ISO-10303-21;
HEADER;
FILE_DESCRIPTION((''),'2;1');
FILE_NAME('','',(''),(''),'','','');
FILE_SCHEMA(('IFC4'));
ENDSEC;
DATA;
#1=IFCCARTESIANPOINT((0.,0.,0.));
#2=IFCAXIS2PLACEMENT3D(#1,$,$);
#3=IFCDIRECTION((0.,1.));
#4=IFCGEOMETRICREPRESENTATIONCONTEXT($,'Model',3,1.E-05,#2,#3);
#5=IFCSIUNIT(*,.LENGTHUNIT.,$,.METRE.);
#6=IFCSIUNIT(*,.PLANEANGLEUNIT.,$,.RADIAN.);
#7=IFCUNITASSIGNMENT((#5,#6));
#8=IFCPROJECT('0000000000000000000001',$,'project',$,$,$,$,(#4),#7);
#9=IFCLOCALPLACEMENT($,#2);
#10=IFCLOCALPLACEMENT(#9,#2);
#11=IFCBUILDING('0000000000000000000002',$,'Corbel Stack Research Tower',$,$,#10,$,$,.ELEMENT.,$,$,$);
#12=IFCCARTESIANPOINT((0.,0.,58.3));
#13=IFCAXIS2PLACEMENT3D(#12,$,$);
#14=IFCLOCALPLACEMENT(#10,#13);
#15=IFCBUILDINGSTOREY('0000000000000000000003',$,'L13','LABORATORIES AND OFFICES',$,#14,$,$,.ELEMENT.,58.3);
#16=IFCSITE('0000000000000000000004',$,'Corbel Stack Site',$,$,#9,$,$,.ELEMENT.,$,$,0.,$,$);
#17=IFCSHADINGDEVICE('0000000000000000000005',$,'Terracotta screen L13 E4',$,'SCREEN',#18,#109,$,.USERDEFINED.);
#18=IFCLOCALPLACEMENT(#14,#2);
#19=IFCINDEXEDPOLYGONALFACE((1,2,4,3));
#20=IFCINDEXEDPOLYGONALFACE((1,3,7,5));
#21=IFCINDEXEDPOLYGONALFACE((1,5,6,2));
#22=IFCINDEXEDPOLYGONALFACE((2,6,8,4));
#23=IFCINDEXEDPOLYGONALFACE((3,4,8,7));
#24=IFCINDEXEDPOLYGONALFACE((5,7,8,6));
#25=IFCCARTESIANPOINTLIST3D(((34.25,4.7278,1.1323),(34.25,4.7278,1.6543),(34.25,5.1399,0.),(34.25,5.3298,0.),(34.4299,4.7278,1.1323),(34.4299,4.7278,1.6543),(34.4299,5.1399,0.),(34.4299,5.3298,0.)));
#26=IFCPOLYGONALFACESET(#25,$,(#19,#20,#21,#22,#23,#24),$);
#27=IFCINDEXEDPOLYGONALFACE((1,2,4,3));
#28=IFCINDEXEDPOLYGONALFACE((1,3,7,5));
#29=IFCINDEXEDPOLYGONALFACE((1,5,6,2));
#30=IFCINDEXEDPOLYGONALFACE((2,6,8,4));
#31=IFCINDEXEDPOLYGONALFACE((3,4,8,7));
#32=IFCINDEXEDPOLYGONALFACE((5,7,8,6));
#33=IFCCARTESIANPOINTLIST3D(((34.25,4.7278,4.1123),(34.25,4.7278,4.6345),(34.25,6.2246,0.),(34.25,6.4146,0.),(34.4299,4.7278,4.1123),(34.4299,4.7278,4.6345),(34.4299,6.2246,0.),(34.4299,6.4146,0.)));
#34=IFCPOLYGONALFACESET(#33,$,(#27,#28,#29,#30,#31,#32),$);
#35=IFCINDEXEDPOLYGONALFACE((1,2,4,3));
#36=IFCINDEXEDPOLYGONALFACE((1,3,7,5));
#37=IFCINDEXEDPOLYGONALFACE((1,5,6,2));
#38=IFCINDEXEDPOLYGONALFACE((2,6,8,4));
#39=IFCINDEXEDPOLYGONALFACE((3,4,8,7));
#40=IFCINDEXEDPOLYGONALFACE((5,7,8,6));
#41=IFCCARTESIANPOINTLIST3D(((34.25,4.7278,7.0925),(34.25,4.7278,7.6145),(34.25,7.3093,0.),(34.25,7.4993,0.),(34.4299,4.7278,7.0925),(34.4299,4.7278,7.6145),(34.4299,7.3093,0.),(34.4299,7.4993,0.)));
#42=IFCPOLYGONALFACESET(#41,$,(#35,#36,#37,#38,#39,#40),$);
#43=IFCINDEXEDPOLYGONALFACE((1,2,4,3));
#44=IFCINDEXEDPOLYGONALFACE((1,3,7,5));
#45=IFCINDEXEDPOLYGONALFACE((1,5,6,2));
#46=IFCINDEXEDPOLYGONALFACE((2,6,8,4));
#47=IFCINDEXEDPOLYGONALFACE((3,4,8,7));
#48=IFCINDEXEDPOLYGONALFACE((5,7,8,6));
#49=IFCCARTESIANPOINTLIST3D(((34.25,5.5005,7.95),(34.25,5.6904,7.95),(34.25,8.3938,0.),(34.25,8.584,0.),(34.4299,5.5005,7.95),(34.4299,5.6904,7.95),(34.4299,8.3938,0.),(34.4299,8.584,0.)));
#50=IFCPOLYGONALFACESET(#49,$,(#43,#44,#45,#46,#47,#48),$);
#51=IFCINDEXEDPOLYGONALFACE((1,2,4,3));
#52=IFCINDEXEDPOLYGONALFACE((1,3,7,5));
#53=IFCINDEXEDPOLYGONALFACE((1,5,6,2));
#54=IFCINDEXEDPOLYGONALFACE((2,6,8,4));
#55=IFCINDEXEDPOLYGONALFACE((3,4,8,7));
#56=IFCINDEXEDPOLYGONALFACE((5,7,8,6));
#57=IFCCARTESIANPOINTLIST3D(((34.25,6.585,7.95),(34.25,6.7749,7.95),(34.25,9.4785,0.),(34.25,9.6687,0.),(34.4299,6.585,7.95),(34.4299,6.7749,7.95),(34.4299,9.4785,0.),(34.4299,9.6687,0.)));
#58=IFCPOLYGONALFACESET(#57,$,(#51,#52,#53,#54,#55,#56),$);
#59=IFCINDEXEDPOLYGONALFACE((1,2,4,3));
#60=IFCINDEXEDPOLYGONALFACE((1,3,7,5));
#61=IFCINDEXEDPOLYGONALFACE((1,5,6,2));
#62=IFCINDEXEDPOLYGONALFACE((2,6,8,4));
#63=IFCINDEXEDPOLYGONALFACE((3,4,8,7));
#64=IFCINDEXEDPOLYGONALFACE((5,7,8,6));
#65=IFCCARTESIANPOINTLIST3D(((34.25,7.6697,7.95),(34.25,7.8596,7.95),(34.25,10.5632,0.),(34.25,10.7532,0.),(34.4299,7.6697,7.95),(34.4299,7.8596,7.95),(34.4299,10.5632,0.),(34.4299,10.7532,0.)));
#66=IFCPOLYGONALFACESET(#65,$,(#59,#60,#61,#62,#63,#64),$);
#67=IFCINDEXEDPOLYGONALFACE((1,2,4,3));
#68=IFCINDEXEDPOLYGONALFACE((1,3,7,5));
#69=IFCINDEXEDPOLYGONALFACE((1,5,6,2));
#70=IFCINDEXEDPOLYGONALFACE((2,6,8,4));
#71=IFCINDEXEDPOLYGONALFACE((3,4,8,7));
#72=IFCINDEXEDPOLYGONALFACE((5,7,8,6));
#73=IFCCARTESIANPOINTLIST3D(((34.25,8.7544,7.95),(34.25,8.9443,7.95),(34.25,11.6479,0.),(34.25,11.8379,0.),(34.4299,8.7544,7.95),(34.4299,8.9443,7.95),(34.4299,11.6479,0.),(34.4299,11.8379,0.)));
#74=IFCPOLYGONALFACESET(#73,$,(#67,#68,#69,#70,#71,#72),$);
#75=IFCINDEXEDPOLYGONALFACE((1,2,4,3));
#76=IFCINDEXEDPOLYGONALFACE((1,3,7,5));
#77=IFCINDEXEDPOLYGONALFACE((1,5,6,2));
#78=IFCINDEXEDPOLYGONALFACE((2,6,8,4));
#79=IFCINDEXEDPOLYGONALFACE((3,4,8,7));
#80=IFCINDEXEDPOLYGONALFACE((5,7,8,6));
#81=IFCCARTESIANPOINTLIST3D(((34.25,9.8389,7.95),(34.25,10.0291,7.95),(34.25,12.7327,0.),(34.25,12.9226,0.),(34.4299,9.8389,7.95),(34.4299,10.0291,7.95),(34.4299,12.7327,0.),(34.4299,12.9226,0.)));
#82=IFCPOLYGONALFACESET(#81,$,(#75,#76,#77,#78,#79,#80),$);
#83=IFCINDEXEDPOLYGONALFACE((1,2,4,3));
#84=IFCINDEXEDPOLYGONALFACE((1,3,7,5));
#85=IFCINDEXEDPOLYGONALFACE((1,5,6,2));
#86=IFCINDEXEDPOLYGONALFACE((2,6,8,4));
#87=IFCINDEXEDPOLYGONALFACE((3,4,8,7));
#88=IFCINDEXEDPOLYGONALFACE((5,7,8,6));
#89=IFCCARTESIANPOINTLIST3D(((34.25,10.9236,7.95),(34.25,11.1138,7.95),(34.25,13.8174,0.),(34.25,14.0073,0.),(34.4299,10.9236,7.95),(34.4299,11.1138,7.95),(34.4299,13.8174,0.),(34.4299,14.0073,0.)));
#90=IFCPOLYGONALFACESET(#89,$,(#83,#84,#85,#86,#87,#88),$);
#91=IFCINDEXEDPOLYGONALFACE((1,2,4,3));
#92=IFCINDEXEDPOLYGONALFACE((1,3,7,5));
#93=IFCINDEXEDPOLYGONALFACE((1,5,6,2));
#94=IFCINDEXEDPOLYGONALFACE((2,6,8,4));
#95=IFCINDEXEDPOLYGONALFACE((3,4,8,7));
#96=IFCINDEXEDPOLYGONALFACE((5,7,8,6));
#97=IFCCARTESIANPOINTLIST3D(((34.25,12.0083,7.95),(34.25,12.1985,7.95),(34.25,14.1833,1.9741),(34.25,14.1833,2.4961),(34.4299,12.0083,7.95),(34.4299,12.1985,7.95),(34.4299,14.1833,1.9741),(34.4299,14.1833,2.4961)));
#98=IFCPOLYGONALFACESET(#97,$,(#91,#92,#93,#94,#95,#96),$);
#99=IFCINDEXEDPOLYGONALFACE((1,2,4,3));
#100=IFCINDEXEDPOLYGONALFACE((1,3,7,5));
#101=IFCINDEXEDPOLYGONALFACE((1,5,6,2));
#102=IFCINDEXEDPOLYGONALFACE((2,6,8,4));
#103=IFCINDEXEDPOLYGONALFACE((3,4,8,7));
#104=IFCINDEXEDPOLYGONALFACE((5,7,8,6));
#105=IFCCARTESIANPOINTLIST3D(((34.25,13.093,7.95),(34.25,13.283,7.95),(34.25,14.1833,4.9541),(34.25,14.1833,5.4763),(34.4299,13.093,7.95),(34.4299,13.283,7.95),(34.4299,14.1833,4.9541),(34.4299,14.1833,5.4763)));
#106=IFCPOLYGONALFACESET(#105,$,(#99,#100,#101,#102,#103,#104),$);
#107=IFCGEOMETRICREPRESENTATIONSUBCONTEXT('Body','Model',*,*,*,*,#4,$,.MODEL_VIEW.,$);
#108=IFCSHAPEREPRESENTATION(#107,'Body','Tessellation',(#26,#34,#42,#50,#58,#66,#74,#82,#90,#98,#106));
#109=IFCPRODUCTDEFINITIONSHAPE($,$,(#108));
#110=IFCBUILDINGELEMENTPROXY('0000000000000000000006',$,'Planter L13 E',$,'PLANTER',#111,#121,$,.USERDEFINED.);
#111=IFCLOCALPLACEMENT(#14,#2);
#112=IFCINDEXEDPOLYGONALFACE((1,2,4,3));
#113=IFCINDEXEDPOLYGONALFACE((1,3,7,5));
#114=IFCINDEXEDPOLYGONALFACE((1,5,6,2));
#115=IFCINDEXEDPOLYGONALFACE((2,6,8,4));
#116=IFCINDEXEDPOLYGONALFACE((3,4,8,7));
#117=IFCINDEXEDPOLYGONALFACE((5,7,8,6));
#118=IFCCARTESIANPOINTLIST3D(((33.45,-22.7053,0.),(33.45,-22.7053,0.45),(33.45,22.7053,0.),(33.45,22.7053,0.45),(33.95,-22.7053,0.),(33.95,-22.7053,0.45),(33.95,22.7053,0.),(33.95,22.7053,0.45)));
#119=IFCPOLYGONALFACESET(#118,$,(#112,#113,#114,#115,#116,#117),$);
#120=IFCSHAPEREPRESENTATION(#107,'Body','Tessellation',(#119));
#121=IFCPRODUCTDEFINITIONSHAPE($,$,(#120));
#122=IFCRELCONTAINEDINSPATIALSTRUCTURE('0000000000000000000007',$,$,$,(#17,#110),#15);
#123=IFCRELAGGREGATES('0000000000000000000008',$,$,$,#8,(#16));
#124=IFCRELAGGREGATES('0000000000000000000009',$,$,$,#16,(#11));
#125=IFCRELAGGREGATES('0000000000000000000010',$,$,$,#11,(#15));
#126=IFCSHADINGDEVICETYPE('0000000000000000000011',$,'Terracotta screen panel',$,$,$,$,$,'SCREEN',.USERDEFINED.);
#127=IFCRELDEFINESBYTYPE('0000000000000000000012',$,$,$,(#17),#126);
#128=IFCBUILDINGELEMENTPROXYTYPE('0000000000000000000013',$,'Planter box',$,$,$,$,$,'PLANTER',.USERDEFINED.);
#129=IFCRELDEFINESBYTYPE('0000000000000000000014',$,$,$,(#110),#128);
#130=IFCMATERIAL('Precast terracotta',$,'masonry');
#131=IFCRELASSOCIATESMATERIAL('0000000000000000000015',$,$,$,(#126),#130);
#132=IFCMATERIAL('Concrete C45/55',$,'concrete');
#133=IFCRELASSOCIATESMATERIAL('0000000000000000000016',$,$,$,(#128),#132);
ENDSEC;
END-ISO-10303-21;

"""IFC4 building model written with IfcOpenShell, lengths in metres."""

from ifc_helpers import new_model, si_unit, direction, frame, origin, origin_2d, place, context, subcontext, project, spatial, polyline, rectangle, outline, extrude, source, transform, mapped, material, type_object, element, save


model = new_model("IFC4")

# Units and contexts
model_context = context("Model", 3, precision=1e-05, world=origin(), true_north=direction((0.0, 1.0)))
body_context = subcontext(model_context, "Body", "Model", "MODEL_VIEW")
ifc_project = project(units=[si_unit("LENGTHUNIT", "METRE"), si_unit("PLANEANGLEUNIT", "RADIAN")], contexts=[model_context])

# Site, building, storey
site_placement = place(None, origin())
site = spatial("IfcSite", under=ifc_project, at=site_placement, Name="Corbel Stack Site", CompositionType="ELEMENT", RefElevation=0.0)
building_placement = place(site_placement, origin())
building = spatial("IfcBuilding", under=site, at=building_placement, Name="Corbel Stack Research Tower", CompositionType="ELEMENT")
storey_placement = place(building_placement, frame((0.0, 0.0, 58.3)))
storey = spatial("IfcBuildingStorey", under=building, at=storey_placement, Name="L13", Description="LABORATORIES AND OFFICES", CompositionType="ELEMENT", Elevation=58.3)

# Shading device
ifc_material_1 = material(Name="Precast terracotta", Category="masonry")
shading_device_type = type_object("IfcShadingDeviceType", Name="Terracotta screen panel", ElementType="SCREEN", PredefinedType="USERDEFINED", material=ifc_material_1)
shared_shape_1 = source(origin(), body_context, "Body", "SweptSolid", [
    extrude(outline(polyline([(0.6021, 0.0), (0.0, 1.6543), (0.0, 1.1323), (0.4121, 0.0), (0.6021, 0.0)])), frame((0.0, 0.0, 0.0), z_axis=(0.0, -1.0, 0.0), x_axis=(1.0, 0.0, 0.0)), (0.0, 0.0, 1.0), 0.1799),
    extrude(outline(polyline([(1.6868, 0.0), (0.0, 4.6345), (0.0, 4.1123), (1.4968, 0.0), (1.6868, 0.0)])), frame((0.0, 0.0, 0.0), z_axis=(0.0, -1.0, 0.0), x_axis=(1.0, 0.0, 0.0)), (0.0, 0.0, 1.0), 0.1799),
    extrude(outline(polyline([(2.7715, 0.0), (0.0, 7.6145), (0.0, 7.0925), (2.5815, 0.0), (2.7715, 0.0)])), frame((0.0, 0.0, 0.0), z_axis=(0.0, -1.0, 0.0), x_axis=(1.0, 0.0, 0.0)), (0.0, 0.0, 1.0), 0.1799),
    extrude(outline(polyline([(3.8562, 0.0), (0.9626, 7.95), (0.7727, 7.95), (3.666, 0.0), (3.8562, 0.0)])), frame((0.0, 0.0, 0.0), z_axis=(0.0, -1.0, 0.0), x_axis=(1.0, 0.0, 0.0)), (0.0, 0.0, 1.0), 0.1799),
    extrude(outline(polyline([(4.9409, 0.0), (2.0471, 7.95), (1.8572, 7.95), (4.7507, 0.0), (4.9409, 0.0)])), frame((0.0, 0.0, 0.0), z_axis=(0.0, -1.0, 0.0), x_axis=(1.0, 0.0, 0.0)), (0.0, 0.0, 1.0), 0.1799),
    extrude(outline(polyline([(6.0254, 0.0), (3.1318, 7.95), (2.9419, 7.95), (5.8354, 0.0), (6.0254, 0.0)])), frame((0.0, 0.0, 0.0), z_axis=(0.0, -1.0, 0.0), x_axis=(1.0, 0.0, 0.0)), (0.0, 0.0, 1.0), 0.1799),
    extrude(outline(polyline([(7.1101, 0.0), (4.2166, 7.95), (4.0266, 7.95), (6.9202, 0.0), (7.1101, 0.0)])), frame((0.0, 0.0, 0.0), z_axis=(0.0, -1.0, 0.0), x_axis=(1.0, 0.0, 0.0)), (0.0, 0.0, 1.0), 0.1799),
    extrude(outline(polyline([(8.1948, 0.0), (5.3013, 7.95), (5.1111, 7.95), (8.0049, 0.0), (8.1948, 0.0)])), frame((0.0, 0.0, 0.0), z_axis=(0.0, -1.0, 0.0), x_axis=(1.0, 0.0, 0.0)), (0.0, 0.0, 1.0), 0.1799),
    extrude(outline(polyline([(9.2795, 0.0), (6.386, 7.95), (6.1958, 7.95), (9.0896, 0.0), (9.2795, 0.0)])), frame((0.0, 0.0, 0.0), z_axis=(0.0, -1.0, 0.0), x_axis=(1.0, 0.0, 0.0)), (0.0, 0.0, 1.0), 0.1799),
    extrude(outline(polyline([(7.4707, 7.95), (7.2805, 7.95), (9.4556, 1.9741), (9.4556, 2.4961), (7.4707, 7.95)])), frame((0.0, 0.0, 0.0), z_axis=(0.0, -1.0, 0.0), x_axis=(1.0, 0.0, 0.0)), (0.0, 0.0, 1.0), 0.1799),
    extrude(outline(polyline([(8.5552, 7.95), (8.3652, 7.95), (9.4556, 4.9541), (9.4556, 5.4763), (8.5552, 7.95)])), frame((0.0, 0.0, 0.0), z_axis=(0.0, -1.0, 0.0), x_axis=(1.0, 0.0, 0.0)), (0.0, 0.0, 1.0), 0.1799),
])
shading_device_1_placement = place(storey_placement, frame((34.25, 4.7278, 0.0), z_axis=(0.0, 0.0, 1.0), x_axis=(0.0, 1.0, 0.0)))
element("IfcShadingDevice", 1, at=shading_device_1_placement, inside=storey, type_object=shading_device_type, Name="Terracotta screen L13 E4", ObjectType="SCREEN", PredefinedType="USERDEFINED", context=body_context, shape_type="MappedRepresentation", body=[
    mapped(shared_shape_1, transform((0.0, 0.0, 0.0))),
])

# Building element proxy
ifc_material_2 = material(Name="Concrete C45/55", Category="concrete")
building_element_proxy_type = type_object("IfcBuildingElementProxyType", Name="Planter box", ElementType="PLANTER", PredefinedType="USERDEFINED", material=ifc_material_2)
proxy_placement = place(storey_placement, frame((33.7, 0.0, 0.0), z_axis=(0.0, 0.0, 1.0), x_axis=(0.0, 1.0, 0.0)))
element("IfcBuildingElementProxy", 2, at=proxy_placement, inside=storey, type_object=building_element_proxy_type, Name="Planter L13 E", ObjectType="PLANTER", PredefinedType="USERDEFINED", context=body_context, shape_type="SweptSolid", body=[
    extrude(rectangle(XDim=45.4106, YDim=0.5, at=origin_2d()), origin(), (0.0, 0.0, 1.0), 0.45),
])

save(model, "model.ifc")
